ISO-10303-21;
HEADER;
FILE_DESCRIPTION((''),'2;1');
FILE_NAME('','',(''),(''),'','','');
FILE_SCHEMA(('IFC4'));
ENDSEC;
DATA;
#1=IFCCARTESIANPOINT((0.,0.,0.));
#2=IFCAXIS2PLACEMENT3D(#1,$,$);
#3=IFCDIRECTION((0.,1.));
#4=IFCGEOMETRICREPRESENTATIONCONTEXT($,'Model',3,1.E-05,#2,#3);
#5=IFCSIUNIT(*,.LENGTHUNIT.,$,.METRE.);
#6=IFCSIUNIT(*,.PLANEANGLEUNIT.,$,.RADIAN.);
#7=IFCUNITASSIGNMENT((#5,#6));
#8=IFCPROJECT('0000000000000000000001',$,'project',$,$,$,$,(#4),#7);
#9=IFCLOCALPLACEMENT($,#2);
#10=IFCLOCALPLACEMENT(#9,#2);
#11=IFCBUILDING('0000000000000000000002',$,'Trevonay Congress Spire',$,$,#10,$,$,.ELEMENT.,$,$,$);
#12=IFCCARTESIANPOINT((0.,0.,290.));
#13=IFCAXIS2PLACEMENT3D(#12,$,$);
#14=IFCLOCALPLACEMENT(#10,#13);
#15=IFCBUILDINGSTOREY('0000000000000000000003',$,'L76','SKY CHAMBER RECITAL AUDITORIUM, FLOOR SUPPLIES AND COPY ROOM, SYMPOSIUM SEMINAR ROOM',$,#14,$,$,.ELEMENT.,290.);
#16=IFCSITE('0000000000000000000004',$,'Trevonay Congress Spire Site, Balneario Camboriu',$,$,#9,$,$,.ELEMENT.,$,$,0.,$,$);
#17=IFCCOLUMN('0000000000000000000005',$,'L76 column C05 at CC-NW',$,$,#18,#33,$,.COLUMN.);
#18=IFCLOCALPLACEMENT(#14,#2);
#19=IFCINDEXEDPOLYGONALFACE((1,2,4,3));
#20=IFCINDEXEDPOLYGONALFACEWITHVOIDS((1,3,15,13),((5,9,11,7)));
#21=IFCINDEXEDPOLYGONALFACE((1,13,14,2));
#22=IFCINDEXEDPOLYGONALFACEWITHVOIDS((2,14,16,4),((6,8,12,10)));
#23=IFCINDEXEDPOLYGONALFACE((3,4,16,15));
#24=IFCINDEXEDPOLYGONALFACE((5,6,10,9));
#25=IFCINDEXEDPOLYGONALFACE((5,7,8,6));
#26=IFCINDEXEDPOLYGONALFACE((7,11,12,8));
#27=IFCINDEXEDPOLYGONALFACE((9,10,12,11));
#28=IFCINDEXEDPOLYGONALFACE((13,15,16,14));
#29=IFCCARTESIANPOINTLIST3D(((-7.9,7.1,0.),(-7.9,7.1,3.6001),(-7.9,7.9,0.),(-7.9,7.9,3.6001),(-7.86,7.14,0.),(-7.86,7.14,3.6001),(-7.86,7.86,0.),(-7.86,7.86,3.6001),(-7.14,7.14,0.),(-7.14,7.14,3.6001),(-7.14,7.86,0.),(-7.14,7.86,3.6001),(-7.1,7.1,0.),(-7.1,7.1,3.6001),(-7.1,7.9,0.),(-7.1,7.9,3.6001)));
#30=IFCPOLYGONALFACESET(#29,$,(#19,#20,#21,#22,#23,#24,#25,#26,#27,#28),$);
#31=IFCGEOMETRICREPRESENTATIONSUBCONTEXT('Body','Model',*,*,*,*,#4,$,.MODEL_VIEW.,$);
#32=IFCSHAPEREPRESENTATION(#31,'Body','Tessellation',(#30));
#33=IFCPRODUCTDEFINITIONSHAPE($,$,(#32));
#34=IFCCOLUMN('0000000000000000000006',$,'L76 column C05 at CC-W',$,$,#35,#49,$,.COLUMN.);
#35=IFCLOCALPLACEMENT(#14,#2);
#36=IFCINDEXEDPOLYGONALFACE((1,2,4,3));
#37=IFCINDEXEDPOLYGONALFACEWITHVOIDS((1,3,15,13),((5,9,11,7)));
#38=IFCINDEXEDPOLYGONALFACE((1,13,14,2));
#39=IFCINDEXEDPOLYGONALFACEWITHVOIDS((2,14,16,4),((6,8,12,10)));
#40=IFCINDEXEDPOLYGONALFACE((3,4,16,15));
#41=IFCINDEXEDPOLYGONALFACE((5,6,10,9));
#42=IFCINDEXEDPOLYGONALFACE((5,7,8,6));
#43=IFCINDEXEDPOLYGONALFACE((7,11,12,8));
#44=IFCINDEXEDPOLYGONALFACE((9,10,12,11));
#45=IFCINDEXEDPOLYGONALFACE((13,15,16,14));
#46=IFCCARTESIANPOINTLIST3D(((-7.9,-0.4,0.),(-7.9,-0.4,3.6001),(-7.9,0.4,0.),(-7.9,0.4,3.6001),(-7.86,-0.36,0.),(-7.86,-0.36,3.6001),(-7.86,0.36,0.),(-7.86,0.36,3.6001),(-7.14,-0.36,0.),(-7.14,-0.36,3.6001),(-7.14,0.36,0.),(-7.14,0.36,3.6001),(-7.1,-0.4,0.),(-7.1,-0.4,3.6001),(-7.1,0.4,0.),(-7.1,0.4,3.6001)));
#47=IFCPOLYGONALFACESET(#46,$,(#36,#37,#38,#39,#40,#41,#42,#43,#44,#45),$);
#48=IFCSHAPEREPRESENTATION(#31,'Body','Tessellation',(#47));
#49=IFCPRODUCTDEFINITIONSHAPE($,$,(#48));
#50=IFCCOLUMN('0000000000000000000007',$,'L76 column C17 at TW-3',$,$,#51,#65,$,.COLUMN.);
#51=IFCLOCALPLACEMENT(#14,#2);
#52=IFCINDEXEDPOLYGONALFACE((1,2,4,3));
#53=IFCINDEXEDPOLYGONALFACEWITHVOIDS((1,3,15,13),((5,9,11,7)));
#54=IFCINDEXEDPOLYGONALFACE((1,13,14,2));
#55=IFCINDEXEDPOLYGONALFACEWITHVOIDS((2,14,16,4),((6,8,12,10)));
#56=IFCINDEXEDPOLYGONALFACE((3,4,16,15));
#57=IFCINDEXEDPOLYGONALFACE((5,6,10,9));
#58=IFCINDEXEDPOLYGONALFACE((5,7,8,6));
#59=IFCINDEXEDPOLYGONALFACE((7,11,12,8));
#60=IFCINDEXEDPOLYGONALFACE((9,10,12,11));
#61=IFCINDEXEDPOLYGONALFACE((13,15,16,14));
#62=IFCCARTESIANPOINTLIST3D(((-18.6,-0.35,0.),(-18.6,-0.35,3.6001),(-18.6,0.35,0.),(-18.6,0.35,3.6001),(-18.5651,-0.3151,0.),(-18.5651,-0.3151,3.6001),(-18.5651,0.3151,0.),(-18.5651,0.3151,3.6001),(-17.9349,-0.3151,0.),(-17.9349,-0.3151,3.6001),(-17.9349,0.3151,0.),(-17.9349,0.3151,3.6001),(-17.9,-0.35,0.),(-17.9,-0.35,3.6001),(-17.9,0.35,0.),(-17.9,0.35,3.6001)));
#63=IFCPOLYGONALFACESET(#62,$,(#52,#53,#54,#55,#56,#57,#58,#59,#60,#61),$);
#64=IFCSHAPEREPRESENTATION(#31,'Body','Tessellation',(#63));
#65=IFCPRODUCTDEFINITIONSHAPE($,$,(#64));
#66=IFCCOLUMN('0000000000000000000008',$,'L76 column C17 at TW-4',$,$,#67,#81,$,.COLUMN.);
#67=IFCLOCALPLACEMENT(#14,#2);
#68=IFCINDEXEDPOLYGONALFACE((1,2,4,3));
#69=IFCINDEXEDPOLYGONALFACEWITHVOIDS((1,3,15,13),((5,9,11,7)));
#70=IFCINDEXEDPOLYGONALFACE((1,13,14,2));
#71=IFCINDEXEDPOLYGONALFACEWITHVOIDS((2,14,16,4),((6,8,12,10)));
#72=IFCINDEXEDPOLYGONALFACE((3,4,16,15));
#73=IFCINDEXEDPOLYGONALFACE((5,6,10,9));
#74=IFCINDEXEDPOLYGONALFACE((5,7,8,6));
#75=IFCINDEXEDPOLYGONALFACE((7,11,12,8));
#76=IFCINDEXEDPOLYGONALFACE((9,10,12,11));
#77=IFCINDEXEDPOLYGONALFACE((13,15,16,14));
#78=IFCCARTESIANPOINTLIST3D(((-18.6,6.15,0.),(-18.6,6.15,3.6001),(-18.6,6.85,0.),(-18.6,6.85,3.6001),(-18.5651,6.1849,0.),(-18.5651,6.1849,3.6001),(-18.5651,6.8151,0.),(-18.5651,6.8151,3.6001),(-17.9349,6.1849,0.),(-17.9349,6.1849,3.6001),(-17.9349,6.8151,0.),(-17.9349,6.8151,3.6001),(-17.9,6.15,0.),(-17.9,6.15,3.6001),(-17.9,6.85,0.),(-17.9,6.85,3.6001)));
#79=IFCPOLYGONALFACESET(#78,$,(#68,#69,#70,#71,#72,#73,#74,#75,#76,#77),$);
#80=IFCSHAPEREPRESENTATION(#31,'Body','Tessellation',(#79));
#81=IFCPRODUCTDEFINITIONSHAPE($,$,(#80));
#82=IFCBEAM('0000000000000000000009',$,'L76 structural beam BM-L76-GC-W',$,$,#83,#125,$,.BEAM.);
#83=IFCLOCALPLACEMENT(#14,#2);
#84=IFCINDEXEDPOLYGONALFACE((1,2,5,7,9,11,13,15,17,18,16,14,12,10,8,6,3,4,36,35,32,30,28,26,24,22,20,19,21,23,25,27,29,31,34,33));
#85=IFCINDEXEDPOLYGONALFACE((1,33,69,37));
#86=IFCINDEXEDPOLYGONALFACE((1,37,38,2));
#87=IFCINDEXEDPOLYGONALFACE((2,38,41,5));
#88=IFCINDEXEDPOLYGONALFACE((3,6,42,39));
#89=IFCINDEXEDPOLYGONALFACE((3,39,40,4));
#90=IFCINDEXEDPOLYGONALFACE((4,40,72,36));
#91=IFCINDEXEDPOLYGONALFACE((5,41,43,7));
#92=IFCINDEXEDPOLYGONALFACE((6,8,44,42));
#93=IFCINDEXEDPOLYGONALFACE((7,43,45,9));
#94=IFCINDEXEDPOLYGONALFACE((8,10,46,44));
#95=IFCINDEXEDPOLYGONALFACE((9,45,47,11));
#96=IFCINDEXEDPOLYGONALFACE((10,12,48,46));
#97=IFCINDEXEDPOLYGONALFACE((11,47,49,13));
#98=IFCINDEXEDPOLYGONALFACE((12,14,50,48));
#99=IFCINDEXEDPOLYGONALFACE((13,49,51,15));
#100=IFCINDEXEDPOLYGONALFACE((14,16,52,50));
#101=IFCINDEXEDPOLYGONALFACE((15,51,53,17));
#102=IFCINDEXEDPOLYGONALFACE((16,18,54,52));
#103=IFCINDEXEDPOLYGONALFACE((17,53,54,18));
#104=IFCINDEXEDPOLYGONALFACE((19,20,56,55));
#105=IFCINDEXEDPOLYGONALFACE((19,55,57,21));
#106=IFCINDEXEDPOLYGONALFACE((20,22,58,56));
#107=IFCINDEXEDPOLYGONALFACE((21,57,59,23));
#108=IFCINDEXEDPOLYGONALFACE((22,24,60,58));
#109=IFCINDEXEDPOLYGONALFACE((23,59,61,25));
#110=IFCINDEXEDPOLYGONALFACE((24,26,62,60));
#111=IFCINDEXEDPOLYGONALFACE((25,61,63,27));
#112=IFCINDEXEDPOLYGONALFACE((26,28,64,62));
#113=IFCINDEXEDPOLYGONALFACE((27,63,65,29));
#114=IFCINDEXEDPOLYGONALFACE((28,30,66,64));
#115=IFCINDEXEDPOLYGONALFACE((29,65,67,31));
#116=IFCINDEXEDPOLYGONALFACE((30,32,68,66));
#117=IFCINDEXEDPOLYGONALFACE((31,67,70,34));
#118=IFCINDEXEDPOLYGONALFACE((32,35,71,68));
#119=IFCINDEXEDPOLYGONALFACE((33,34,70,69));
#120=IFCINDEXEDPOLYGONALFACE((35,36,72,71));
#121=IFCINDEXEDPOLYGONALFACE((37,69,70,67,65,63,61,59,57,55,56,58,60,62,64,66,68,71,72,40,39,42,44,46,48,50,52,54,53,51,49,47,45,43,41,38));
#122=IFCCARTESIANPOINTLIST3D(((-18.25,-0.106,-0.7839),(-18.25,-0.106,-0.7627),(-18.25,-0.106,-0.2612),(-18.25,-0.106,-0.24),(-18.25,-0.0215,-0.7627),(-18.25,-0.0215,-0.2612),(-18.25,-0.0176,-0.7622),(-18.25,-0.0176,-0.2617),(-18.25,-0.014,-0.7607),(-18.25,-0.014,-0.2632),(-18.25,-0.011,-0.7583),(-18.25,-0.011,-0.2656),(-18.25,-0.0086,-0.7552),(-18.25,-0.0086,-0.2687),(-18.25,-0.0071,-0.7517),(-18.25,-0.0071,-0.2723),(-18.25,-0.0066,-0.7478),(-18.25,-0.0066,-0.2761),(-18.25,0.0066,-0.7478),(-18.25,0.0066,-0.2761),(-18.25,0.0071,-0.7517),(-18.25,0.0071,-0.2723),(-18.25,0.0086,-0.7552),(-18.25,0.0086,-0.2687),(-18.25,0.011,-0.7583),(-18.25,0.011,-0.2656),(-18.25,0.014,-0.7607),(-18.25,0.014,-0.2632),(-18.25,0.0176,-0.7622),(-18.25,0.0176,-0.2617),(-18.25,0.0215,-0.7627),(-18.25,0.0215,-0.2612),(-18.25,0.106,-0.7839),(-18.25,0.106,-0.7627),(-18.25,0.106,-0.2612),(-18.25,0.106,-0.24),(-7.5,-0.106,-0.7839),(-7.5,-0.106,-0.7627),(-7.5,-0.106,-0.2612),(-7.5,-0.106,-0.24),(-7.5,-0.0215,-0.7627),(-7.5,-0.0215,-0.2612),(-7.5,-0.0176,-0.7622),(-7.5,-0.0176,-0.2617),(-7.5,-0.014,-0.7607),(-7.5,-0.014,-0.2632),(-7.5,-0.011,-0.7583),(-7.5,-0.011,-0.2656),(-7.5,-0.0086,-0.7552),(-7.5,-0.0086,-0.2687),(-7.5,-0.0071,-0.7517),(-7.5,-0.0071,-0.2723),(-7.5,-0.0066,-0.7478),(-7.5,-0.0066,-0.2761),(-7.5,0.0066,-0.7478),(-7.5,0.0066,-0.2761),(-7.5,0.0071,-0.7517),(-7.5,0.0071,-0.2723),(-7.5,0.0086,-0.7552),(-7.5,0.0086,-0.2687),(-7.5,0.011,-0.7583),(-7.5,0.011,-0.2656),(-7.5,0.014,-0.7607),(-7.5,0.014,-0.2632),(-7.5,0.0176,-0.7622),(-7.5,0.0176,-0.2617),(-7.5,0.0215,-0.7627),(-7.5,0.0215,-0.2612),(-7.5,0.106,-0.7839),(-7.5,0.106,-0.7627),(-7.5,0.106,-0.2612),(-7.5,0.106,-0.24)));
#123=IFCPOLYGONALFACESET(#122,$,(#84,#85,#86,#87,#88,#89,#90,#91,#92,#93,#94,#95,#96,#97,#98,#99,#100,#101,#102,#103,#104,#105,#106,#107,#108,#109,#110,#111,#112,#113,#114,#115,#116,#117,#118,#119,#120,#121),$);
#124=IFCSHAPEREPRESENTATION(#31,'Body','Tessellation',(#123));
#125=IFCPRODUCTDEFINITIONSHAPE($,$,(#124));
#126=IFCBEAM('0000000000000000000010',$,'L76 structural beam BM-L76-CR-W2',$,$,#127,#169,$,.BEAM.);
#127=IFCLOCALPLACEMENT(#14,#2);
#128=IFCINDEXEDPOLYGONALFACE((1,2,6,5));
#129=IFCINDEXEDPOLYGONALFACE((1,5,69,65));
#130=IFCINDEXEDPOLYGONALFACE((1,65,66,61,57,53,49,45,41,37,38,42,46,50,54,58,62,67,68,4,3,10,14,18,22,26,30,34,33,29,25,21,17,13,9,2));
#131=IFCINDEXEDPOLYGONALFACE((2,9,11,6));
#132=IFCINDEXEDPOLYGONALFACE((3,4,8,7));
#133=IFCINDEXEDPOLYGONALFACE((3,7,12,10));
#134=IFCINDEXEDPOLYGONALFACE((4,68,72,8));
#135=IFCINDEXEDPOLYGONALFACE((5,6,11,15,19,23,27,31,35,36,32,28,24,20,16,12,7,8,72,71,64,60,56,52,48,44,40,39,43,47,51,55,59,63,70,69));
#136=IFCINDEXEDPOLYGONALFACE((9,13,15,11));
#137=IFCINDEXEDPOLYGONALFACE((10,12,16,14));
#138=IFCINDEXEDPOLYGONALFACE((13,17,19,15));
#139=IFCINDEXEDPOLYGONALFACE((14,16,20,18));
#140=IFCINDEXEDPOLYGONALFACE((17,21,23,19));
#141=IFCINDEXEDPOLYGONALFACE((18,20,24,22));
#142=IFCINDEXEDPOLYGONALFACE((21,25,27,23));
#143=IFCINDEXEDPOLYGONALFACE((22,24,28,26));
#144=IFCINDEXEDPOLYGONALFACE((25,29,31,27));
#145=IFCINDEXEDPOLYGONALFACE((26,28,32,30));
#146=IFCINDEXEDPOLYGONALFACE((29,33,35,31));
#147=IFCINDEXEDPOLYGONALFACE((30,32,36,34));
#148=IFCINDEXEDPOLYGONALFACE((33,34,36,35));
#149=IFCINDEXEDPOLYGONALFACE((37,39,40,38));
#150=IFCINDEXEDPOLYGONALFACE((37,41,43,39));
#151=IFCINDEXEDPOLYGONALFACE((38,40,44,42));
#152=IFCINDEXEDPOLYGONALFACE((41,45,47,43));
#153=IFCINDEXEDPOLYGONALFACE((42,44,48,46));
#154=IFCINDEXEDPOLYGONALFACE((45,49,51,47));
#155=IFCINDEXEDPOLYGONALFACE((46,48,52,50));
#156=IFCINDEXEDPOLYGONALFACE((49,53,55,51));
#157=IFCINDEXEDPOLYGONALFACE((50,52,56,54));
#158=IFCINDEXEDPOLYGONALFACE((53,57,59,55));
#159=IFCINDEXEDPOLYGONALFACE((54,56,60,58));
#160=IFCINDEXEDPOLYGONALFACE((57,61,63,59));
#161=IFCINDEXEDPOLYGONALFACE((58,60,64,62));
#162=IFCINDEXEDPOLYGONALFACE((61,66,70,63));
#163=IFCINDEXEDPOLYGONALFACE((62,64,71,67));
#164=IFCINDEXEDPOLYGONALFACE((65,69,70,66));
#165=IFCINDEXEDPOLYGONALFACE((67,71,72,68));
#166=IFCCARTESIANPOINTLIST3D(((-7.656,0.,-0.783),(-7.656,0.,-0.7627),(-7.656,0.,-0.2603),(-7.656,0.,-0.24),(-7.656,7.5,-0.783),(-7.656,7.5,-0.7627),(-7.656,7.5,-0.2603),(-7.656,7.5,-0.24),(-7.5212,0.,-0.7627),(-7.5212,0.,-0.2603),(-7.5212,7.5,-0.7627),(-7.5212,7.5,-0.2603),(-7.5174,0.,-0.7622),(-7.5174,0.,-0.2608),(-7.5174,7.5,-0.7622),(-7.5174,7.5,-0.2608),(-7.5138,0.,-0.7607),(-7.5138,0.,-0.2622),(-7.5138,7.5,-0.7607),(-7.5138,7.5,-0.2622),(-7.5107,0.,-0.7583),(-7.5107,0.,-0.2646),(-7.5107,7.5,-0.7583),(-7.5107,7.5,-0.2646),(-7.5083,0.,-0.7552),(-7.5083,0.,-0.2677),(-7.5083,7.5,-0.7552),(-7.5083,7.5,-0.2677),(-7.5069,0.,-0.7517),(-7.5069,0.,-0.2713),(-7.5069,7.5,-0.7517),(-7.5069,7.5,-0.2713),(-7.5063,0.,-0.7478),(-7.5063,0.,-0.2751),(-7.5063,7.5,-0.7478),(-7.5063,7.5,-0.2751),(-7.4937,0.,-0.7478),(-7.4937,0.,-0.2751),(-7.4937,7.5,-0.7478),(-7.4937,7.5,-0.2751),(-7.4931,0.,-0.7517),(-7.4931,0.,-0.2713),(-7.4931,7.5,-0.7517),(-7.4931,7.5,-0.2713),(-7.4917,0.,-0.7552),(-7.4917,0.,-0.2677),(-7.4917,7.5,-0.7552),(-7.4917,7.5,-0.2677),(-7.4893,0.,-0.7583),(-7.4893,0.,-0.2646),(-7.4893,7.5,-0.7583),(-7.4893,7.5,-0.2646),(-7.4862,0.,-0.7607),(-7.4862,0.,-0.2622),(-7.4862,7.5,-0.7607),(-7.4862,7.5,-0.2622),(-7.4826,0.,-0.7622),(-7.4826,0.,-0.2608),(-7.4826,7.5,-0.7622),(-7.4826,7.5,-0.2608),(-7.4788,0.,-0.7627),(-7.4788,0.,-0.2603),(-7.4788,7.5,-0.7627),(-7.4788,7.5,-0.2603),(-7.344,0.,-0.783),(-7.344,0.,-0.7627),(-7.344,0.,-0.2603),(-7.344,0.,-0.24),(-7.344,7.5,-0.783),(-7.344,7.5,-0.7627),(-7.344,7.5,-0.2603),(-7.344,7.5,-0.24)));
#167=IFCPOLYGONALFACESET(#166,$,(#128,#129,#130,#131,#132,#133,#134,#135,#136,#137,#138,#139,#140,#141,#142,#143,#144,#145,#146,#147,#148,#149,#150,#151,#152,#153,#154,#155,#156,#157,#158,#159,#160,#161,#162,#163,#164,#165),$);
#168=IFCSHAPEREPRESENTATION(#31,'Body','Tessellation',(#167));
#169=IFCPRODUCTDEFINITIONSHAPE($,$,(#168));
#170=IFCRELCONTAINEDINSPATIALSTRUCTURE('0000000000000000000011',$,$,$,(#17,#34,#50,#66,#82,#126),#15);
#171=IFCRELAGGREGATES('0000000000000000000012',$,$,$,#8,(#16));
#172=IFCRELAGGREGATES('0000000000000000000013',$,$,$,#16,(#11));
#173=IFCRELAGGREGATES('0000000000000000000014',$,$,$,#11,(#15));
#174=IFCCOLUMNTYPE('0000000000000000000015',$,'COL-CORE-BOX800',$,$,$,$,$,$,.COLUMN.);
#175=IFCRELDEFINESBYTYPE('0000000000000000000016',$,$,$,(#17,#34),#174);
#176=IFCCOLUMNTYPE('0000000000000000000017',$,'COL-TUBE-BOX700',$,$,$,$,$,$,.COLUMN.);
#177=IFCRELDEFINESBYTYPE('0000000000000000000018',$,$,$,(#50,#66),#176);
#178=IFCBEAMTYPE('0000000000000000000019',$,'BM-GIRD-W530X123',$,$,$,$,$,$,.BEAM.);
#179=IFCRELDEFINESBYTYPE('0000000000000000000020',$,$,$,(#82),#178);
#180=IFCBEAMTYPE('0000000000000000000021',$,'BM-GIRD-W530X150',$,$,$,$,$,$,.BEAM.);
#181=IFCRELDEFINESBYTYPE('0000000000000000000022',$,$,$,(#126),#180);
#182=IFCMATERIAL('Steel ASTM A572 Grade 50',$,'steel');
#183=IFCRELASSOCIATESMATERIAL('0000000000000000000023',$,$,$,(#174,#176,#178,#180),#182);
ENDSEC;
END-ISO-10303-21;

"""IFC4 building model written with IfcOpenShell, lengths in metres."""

from ifc_helpers import new_model, si_unit, direction, frame, origin, origin_2d, place, context, subcontext, project, spatial, hollow_rectangle, i_section, extrude, material, material_profile, profile_set, type_object, element, save


model = new_model("IFC4")

# Units and contexts
model_context = context("Model", 3, precision=1e-05, world=origin(), true_north=direction((0.0, 1.0)))
body_context = subcontext(model_context, "Body", "Model", "MODEL_VIEW")
ifc_project = project(units=[si_unit("LENGTHUNIT", "METRE"), si_unit("PLANEANGLEUNIT", "RADIAN")], contexts=[model_context])

# Site, building, storey
site_placement = place(None, origin())
site = spatial("IfcSite", under=ifc_project, at=site_placement, Name="Trevonay Congress Spire Site, Balneario Camboriu", CompositionType="ELEMENT", RefElevation=0.0)
building_placement = place(site_placement, origin())
building = spatial("IfcBuilding", under=site, at=building_placement, Name="Trevonay Congress Spire", CompositionType="ELEMENT")
storey_placement = place(building_placement, frame((0.0, 0.0, 290.0)))
storey = spatial("IfcBuildingStorey", under=building, at=storey_placement, Name="L76", Description="SKY CHAMBER RECITAL AUDITORIUM, FLOOR SUPPLIES AND COPY ROOM, SYMPOSIUM SEMINAR ROOM", CompositionType="ELEMENT", Elevation=290.0)

# Columns
ifc_material_1 = material(Name="Steel ASTM A572 Grade 50", Category="steel")
ifc_material_profile_1 = material_profile(ifc_material_1, hollow_rectangle(XDim=0.8, YDim=0.8, WallThickness=0.04, at=origin_2d()), Name="BOX 800x800x40")
ifc_profile_set_1 = profile_set([ifc_material_profile_1], Name="Steel ASTM A572 Grade 50")
column_type_1 = type_object("IfcColumnType", Name="COL-CORE-BOX800", PredefinedType="COLUMN", material=ifc_profile_set_1)
for number, where, z_axis, x_axis, name in (
    (1, (-7.5, 7.5, 0.0), (0.0, 0.0, 1.0), (1.0, 0.0, 0.0), "L76 column C05 at CC-NW"),
    (2, (-7.5, 0.0, 0.0), (0.0, 0.0, 1.0), (1.0, 0.0, 0.0), "L76 column C05 at CC-W"),
):
    element("IfcColumn", number, at=place(storey_placement, frame(where, z_axis=z_axis, x_axis=x_axis)), inside=storey, type_object=column_type_1, Name=name, PredefinedType="COLUMN", context=body_context, shape_type="SweptSolid", body=[
        extrude(hollow_rectangle(XDim=0.8, YDim=0.8, WallThickness=0.04, at=origin_2d()), origin(), (0.0, 0.0, 1.0), 3.6001),
    ])
ifc_material_profile_2 = material_profile(ifc_material_1, hollow_rectangle(XDim=0.7, YDim=0.7, WallThickness=0.0349, at=origin_2d()), Name="BOX 700x700x35")
ifc_profile_set_2 = profile_set([ifc_material_profile_2], Name="Steel ASTM A572 Grade 50")
column_type_2 = type_object("IfcColumnType", Name="COL-TUBE-BOX700", PredefinedType="COLUMN", material=ifc_profile_set_2)
for number, where, z_axis, x_axis, name in (
    (3, (-18.25, 0.0, 0.0), (0.0, 0.0, 1.0), (1.0, 0.0, 0.0), "L76 column C17 at TW-3"),
    (4, (-18.25, 6.5, 0.0), (0.0, 0.0, 1.0), (1.0, 0.0, 0.0), "L76 column C17 at TW-4"),
):
    element("IfcColumn", number, at=place(storey_placement, frame(where, z_axis=z_axis, x_axis=x_axis)), inside=storey, type_object=column_type_2, Name=name, PredefinedType="COLUMN", context=body_context, shape_type="SweptSolid", body=[
        extrude(hollow_rectangle(XDim=0.7, YDim=0.7, WallThickness=0.0349, at=origin_2d()), origin(), (0.0, 0.0, 1.0), 3.6001),
    ])

# Beams
ifc_material_profile_3 = material_profile(ifc_material_1, i_section(OverallWidth=0.2119, OverallDepth=0.5439, WebThickness=0.0132, FlangeThickness=0.0212, FilletRadius=0.0149, at=origin_2d()), Name="W530x123")
ifc_profile_set_3 = profile_set([ifc_material_profile_3], Name="Steel ASTM A572 Grade 50")
beam_type_1 = type_object("IfcBeamType", Name="BM-GIRD-W530X123", PredefinedType="BEAM", material=ifc_profile_set_3)
beam_1_placement = place(storey_placement, frame((-7.5, 0.0, -0.512), z_axis=(-1.0, 0.0, 0.0), x_axis=(0.0, -1.0, 0.0)))
element("IfcBeam", 5, at=beam_1_placement, inside=storey, type_object=beam_type_1, Name="L76 structural beam BM-L76-GC-W", PredefinedType="BEAM", context=body_context, shape_type="SweptSolid", body=[
    extrude(i_section(OverallWidth=0.2119, OverallDepth=0.5439, WebThickness=0.0132, FlangeThickness=0.0212, FilletRadius=0.0149, at=origin_2d()), origin(), (0.0, 0.0, 1.0), 10.75),
])
ifc_material_profile_4 = material_profile(ifc_material_1, i_section(OverallWidth=0.312, OverallDepth=0.543, WebThickness=0.0127, FlangeThickness=0.0203, FilletRadius=0.0149, at=origin_2d()), Name="W530x150")
ifc_profile_set_4 = profile_set([ifc_material_profile_4], Name="Steel ASTM A572 Grade 50")
beam_type_2 = type_object("IfcBeamType", Name="BM-GIRD-W530X150", PredefinedType="BEAM", material=ifc_profile_set_4)
beam_2_placement = place(storey_placement, frame((-7.5, 0.0, -0.5115), z_axis=(0.0, 1.0, 0.0), x_axis=(-1.0, 0.0, 0.0)))
element("IfcBeam", 6, at=beam_2_placement, inside=storey, type_object=beam_type_2, Name="L76 structural beam BM-L76-CR-W2", PredefinedType="BEAM", context=body_context, shape_type="SweptSolid", body=[
    extrude(i_section(OverallWidth=0.312, OverallDepth=0.543, WebThickness=0.0127, FlangeThickness=0.0203, FilletRadius=0.0149, at=origin_2d()), origin(), (0.0, 0.0, 1.0), 7.5),
])

save(model, "model.ifc")
